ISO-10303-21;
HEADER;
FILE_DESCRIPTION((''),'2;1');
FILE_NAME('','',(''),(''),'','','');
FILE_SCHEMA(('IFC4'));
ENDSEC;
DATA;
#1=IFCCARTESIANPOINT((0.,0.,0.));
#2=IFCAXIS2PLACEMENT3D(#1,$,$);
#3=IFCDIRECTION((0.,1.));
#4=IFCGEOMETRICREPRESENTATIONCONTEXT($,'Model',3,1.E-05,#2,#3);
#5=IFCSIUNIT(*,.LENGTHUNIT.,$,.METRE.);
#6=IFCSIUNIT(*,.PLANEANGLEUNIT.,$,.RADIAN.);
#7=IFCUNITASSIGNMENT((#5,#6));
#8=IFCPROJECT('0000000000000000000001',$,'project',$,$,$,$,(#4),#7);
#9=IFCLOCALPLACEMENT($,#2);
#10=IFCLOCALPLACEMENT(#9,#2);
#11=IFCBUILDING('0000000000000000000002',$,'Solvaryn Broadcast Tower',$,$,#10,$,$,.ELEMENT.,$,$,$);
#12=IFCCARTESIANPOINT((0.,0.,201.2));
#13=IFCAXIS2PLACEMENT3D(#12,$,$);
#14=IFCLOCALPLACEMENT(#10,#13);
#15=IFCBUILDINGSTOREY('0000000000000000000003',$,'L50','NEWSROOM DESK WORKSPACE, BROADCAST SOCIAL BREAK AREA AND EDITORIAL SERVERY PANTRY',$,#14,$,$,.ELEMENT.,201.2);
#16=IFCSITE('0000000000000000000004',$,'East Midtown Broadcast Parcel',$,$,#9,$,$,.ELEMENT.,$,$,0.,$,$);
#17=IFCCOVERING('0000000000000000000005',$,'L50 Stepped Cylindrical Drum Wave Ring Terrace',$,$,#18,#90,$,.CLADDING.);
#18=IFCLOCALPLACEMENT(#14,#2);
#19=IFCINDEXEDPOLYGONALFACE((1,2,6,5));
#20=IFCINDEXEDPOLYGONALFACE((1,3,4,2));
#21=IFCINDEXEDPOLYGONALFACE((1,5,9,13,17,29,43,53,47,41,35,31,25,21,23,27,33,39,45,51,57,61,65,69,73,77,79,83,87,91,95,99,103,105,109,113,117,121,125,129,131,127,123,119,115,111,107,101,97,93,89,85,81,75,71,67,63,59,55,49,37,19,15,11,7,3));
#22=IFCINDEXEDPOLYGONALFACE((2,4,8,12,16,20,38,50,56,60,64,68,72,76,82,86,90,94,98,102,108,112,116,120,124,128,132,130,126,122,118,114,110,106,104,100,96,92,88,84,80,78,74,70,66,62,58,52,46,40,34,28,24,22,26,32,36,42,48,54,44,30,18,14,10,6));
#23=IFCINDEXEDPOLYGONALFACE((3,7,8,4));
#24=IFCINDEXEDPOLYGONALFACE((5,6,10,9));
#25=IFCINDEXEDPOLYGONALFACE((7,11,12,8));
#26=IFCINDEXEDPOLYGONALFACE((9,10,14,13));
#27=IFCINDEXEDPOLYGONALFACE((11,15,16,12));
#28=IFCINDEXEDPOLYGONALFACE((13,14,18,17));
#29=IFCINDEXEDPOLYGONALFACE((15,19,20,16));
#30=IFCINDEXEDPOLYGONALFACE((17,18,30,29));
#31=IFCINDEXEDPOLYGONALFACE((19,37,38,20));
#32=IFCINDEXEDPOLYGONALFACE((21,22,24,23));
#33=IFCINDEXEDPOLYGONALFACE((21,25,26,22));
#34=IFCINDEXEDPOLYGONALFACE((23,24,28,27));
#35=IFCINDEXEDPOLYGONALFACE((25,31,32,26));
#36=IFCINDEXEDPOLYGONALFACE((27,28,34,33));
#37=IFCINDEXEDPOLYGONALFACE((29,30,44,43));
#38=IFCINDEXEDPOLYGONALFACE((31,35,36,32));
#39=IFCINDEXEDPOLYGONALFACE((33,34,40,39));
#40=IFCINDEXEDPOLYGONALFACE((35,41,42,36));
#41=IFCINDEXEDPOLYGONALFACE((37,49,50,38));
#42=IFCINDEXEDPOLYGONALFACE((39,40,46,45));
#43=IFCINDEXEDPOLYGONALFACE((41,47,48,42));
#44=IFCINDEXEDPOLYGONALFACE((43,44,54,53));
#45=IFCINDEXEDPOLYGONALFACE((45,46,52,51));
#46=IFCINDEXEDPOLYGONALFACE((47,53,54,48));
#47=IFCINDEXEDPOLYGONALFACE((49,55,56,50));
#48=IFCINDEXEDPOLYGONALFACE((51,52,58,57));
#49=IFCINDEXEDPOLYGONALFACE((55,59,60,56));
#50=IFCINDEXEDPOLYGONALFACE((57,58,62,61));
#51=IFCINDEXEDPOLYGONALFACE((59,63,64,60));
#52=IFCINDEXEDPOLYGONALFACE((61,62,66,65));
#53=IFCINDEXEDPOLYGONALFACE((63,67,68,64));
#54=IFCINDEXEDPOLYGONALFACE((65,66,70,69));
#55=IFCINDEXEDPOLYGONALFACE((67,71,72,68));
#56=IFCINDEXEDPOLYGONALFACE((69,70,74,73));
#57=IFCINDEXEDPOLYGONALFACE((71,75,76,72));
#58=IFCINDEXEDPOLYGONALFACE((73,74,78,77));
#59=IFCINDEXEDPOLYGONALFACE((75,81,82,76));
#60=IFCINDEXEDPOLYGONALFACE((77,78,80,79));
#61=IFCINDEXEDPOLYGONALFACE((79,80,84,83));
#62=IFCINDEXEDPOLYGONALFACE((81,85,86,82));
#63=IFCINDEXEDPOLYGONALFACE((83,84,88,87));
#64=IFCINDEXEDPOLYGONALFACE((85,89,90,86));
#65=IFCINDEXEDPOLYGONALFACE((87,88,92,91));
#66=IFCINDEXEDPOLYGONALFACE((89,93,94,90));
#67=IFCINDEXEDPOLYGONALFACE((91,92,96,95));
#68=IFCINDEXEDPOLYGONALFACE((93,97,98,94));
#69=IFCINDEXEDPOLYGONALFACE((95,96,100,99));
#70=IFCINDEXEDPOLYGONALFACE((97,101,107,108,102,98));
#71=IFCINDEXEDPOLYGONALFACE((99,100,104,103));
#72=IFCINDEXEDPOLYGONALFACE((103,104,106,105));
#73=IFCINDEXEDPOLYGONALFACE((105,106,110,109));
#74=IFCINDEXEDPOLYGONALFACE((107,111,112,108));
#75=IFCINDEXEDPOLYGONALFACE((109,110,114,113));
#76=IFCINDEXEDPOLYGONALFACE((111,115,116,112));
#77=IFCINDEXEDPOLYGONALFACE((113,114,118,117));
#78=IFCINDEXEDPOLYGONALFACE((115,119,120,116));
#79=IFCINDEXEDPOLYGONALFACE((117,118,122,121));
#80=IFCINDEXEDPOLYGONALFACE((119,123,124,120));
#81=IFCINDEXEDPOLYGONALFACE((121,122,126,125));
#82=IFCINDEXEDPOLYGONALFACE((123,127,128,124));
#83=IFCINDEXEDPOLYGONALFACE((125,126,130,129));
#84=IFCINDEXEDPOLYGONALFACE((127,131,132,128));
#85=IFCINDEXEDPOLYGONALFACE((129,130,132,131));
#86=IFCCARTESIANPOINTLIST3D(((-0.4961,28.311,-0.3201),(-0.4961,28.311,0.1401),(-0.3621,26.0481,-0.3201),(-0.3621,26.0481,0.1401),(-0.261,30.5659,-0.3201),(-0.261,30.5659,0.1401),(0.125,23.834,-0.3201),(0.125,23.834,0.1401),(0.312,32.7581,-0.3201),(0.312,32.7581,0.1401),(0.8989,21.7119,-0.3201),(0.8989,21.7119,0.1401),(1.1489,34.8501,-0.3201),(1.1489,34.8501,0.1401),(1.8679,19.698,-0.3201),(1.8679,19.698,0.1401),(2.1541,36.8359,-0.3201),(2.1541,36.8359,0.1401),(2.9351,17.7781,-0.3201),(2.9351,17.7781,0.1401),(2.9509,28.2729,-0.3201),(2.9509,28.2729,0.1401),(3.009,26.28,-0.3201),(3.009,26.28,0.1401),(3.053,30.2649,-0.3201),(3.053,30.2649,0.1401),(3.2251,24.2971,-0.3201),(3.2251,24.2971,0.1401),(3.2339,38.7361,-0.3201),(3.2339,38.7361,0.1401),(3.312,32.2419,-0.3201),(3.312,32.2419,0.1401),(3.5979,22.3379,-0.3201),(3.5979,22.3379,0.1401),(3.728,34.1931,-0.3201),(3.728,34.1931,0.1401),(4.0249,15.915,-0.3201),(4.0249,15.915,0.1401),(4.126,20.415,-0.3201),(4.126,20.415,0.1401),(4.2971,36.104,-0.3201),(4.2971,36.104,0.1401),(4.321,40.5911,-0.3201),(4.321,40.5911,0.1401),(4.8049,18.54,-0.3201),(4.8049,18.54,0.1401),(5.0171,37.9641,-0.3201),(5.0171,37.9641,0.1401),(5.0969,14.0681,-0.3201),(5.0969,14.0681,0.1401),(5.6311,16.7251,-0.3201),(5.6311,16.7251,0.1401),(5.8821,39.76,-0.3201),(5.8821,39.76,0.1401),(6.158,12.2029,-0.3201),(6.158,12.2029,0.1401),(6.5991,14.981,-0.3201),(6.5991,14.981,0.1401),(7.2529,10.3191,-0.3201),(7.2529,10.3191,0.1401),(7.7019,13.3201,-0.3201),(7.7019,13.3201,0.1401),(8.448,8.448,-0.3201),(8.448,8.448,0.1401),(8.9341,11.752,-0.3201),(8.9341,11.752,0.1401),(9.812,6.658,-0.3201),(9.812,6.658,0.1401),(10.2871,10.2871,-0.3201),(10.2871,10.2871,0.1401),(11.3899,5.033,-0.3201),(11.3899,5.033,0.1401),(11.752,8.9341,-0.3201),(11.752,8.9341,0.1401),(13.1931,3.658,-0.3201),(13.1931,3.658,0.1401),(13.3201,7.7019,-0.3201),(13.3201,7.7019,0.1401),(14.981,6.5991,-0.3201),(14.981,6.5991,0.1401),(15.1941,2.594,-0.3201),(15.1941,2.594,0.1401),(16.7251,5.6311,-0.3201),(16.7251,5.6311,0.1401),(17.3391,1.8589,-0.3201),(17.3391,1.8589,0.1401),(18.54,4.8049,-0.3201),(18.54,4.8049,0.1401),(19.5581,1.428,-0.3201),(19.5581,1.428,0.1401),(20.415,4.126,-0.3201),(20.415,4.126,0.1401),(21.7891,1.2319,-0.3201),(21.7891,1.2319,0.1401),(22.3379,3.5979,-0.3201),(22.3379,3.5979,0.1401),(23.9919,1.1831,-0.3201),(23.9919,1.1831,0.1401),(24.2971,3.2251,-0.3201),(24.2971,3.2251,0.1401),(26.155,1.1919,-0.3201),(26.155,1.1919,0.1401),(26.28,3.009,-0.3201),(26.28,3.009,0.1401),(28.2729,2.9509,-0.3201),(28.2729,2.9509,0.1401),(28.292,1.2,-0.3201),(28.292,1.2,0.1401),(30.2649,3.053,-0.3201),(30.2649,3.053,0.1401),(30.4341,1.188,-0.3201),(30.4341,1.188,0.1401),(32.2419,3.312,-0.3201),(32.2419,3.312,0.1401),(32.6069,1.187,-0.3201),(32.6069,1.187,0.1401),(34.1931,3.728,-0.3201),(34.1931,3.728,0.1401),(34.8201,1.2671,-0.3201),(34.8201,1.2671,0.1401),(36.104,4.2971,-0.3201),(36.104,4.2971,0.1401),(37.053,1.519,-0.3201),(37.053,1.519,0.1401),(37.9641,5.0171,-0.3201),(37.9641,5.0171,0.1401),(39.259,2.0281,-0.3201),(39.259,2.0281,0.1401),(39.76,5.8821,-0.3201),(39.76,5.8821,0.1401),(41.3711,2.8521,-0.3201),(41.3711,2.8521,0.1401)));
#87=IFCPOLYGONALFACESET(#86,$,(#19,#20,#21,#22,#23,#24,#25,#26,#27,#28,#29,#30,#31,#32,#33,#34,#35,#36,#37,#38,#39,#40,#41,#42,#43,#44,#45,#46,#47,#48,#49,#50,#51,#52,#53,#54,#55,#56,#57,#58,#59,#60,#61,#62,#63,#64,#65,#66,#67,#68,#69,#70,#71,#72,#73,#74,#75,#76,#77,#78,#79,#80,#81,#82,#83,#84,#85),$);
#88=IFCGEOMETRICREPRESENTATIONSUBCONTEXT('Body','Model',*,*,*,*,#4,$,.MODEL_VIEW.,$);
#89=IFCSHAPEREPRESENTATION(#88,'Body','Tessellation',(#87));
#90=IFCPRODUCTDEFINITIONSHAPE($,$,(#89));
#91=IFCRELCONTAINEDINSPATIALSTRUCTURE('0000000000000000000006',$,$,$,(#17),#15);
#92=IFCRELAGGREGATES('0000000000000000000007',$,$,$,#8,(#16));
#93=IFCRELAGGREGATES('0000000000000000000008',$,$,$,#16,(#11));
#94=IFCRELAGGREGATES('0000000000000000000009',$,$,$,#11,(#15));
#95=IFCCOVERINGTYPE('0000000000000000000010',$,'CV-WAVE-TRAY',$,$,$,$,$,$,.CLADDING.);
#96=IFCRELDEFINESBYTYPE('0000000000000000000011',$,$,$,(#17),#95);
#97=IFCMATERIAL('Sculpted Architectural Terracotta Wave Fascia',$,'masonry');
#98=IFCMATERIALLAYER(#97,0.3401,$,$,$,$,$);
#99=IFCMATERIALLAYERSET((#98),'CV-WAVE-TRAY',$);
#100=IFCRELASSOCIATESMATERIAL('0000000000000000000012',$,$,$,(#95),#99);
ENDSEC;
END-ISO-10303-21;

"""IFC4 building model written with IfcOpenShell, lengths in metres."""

from ifc_helpers import new_model, si_unit, direction, frame, origin, place, context, subcontext, project, spatial, polyline, outline, extrude, material, layer, layer_set, type_object, element, save


model = new_model("IFC4")

# Units and contexts
model_context = context("Model", 3, precision=1e-05, world=origin(), true_north=direction((0.0, 1.0)))
body_context = subcontext(model_context, "Body", "Model", "MODEL_VIEW")
ifc_project = project(units=[si_unit("LENGTHUNIT", "METRE"), si_unit("PLANEANGLEUNIT", "RADIAN")], contexts=[model_context])

# Site, building, storey
site_placement = place(None, origin())
site = spatial("IfcSite", under=ifc_project, at=site_placement, Name="East Midtown Broadcast Parcel", CompositionType="ELEMENT", RefElevation=0.0)
building_placement = place(site_placement, origin())
building = spatial("IfcBuilding", under=site, at=building_placement, Name="Solvaryn Broadcast Tower", CompositionType="ELEMENT")
storey_placement = place(building_placement, frame((0.0, 0.0, 201.2)))
storey = spatial("IfcBuildingStorey", under=building, at=storey_placement, Name="L50", Description="NEWSROOM DESK WORKSPACE, BROADCAST SOCIAL BREAK AREA AND EDITORIAL SERVERY PANTRY", CompositionType="ELEMENT", Elevation=201.2)

# Covering
ifc_material_1 = material(Name="Sculpted Architectural Terracotta Wave Fascia", Category="masonry")
ifc_layer_1 = layer(ifc_material_1, 0.3401)
ifc_layer_set_1 = layer_set([ifc_layer_1], Name="CV-WAVE-TRAY")
covering_type_1 = type_object("IfcCoveringType", Name="CV-WAVE-TRAY", PredefinedType="CLADDING", material=ifc_layer_set_1)
covering_1_placement = place(storey_placement, frame((0.0, 0.0, -0.3201)))
element("IfcCovering", 1, at=covering_1_placement, inside=storey, type_object=covering_type_1, Name="L50 Stepped Cylindrical Drum Wave Ring Terrace", PredefinedType="CLADDING", context=body_context, shape_type="SweptSolid", body=[
    extrude(outline(polyline([(4.321, 40.5911), (3.2339, 38.7361), (2.1541, 36.8359), (1.1489, 34.8501), (0.312, 32.7581), (-0.261, 30.5659), (-0.4961, 28.311), (-0.3621, 26.0481), (0.125, 23.834), (0.8989, 21.7119), (1.8679, 19.698), (2.9351, 17.7781), (4.0249, 15.915), (5.0969, 14.0681), (6.158, 12.2029), (7.2529, 10.3191), (8.448, 8.448), (9.812, 6.658), (11.3899, 5.033), (13.1931, 3.658), (15.1941, 2.594), (17.3391, 1.8589), (19.5581, 1.428), (21.7891, 1.2319), (23.9919, 1.1831), (26.155, 1.1919), (28.292, 1.2), (30.4341, 1.188), (32.6069, 1.187), (34.8201, 1.2671), (37.053, 1.519), (39.259, 2.0281), (41.3711, 2.8521), (39.76, 5.8821), (37.9641, 5.0171), (36.104, 4.2971), (34.1931, 3.728), (32.2419, 3.312), (30.2649, 3.053), (28.2729, 2.9509), (26.28, 3.009), (24.2971, 3.2251), (22.3379, 3.5979), (20.415, 4.126), (18.54, 4.8049), (16.7251, 5.6311), (14.981, 6.5991), (13.3201, 7.7019), (11.752, 8.9341), (10.2871, 10.2871), (8.9341, 11.752), (7.7019, 13.3201), (6.5991, 14.981), (5.6311, 16.7251), (4.8049, 18.54), (4.126, 20.415), (3.5979, 22.3379), (3.2251, 24.2971), (3.009, 26.28), (2.9509, 28.2729), (3.053, 30.2649), (3.312, 32.2419), (3.728, 34.1931), (4.2971, 36.104), (5.0171, 37.9641), (5.8821, 39.76), (4.321, 40.5911)])), origin(), (0.0, 0.0, 1.0), 0.4602),
])

save(model, "model.ifc")
